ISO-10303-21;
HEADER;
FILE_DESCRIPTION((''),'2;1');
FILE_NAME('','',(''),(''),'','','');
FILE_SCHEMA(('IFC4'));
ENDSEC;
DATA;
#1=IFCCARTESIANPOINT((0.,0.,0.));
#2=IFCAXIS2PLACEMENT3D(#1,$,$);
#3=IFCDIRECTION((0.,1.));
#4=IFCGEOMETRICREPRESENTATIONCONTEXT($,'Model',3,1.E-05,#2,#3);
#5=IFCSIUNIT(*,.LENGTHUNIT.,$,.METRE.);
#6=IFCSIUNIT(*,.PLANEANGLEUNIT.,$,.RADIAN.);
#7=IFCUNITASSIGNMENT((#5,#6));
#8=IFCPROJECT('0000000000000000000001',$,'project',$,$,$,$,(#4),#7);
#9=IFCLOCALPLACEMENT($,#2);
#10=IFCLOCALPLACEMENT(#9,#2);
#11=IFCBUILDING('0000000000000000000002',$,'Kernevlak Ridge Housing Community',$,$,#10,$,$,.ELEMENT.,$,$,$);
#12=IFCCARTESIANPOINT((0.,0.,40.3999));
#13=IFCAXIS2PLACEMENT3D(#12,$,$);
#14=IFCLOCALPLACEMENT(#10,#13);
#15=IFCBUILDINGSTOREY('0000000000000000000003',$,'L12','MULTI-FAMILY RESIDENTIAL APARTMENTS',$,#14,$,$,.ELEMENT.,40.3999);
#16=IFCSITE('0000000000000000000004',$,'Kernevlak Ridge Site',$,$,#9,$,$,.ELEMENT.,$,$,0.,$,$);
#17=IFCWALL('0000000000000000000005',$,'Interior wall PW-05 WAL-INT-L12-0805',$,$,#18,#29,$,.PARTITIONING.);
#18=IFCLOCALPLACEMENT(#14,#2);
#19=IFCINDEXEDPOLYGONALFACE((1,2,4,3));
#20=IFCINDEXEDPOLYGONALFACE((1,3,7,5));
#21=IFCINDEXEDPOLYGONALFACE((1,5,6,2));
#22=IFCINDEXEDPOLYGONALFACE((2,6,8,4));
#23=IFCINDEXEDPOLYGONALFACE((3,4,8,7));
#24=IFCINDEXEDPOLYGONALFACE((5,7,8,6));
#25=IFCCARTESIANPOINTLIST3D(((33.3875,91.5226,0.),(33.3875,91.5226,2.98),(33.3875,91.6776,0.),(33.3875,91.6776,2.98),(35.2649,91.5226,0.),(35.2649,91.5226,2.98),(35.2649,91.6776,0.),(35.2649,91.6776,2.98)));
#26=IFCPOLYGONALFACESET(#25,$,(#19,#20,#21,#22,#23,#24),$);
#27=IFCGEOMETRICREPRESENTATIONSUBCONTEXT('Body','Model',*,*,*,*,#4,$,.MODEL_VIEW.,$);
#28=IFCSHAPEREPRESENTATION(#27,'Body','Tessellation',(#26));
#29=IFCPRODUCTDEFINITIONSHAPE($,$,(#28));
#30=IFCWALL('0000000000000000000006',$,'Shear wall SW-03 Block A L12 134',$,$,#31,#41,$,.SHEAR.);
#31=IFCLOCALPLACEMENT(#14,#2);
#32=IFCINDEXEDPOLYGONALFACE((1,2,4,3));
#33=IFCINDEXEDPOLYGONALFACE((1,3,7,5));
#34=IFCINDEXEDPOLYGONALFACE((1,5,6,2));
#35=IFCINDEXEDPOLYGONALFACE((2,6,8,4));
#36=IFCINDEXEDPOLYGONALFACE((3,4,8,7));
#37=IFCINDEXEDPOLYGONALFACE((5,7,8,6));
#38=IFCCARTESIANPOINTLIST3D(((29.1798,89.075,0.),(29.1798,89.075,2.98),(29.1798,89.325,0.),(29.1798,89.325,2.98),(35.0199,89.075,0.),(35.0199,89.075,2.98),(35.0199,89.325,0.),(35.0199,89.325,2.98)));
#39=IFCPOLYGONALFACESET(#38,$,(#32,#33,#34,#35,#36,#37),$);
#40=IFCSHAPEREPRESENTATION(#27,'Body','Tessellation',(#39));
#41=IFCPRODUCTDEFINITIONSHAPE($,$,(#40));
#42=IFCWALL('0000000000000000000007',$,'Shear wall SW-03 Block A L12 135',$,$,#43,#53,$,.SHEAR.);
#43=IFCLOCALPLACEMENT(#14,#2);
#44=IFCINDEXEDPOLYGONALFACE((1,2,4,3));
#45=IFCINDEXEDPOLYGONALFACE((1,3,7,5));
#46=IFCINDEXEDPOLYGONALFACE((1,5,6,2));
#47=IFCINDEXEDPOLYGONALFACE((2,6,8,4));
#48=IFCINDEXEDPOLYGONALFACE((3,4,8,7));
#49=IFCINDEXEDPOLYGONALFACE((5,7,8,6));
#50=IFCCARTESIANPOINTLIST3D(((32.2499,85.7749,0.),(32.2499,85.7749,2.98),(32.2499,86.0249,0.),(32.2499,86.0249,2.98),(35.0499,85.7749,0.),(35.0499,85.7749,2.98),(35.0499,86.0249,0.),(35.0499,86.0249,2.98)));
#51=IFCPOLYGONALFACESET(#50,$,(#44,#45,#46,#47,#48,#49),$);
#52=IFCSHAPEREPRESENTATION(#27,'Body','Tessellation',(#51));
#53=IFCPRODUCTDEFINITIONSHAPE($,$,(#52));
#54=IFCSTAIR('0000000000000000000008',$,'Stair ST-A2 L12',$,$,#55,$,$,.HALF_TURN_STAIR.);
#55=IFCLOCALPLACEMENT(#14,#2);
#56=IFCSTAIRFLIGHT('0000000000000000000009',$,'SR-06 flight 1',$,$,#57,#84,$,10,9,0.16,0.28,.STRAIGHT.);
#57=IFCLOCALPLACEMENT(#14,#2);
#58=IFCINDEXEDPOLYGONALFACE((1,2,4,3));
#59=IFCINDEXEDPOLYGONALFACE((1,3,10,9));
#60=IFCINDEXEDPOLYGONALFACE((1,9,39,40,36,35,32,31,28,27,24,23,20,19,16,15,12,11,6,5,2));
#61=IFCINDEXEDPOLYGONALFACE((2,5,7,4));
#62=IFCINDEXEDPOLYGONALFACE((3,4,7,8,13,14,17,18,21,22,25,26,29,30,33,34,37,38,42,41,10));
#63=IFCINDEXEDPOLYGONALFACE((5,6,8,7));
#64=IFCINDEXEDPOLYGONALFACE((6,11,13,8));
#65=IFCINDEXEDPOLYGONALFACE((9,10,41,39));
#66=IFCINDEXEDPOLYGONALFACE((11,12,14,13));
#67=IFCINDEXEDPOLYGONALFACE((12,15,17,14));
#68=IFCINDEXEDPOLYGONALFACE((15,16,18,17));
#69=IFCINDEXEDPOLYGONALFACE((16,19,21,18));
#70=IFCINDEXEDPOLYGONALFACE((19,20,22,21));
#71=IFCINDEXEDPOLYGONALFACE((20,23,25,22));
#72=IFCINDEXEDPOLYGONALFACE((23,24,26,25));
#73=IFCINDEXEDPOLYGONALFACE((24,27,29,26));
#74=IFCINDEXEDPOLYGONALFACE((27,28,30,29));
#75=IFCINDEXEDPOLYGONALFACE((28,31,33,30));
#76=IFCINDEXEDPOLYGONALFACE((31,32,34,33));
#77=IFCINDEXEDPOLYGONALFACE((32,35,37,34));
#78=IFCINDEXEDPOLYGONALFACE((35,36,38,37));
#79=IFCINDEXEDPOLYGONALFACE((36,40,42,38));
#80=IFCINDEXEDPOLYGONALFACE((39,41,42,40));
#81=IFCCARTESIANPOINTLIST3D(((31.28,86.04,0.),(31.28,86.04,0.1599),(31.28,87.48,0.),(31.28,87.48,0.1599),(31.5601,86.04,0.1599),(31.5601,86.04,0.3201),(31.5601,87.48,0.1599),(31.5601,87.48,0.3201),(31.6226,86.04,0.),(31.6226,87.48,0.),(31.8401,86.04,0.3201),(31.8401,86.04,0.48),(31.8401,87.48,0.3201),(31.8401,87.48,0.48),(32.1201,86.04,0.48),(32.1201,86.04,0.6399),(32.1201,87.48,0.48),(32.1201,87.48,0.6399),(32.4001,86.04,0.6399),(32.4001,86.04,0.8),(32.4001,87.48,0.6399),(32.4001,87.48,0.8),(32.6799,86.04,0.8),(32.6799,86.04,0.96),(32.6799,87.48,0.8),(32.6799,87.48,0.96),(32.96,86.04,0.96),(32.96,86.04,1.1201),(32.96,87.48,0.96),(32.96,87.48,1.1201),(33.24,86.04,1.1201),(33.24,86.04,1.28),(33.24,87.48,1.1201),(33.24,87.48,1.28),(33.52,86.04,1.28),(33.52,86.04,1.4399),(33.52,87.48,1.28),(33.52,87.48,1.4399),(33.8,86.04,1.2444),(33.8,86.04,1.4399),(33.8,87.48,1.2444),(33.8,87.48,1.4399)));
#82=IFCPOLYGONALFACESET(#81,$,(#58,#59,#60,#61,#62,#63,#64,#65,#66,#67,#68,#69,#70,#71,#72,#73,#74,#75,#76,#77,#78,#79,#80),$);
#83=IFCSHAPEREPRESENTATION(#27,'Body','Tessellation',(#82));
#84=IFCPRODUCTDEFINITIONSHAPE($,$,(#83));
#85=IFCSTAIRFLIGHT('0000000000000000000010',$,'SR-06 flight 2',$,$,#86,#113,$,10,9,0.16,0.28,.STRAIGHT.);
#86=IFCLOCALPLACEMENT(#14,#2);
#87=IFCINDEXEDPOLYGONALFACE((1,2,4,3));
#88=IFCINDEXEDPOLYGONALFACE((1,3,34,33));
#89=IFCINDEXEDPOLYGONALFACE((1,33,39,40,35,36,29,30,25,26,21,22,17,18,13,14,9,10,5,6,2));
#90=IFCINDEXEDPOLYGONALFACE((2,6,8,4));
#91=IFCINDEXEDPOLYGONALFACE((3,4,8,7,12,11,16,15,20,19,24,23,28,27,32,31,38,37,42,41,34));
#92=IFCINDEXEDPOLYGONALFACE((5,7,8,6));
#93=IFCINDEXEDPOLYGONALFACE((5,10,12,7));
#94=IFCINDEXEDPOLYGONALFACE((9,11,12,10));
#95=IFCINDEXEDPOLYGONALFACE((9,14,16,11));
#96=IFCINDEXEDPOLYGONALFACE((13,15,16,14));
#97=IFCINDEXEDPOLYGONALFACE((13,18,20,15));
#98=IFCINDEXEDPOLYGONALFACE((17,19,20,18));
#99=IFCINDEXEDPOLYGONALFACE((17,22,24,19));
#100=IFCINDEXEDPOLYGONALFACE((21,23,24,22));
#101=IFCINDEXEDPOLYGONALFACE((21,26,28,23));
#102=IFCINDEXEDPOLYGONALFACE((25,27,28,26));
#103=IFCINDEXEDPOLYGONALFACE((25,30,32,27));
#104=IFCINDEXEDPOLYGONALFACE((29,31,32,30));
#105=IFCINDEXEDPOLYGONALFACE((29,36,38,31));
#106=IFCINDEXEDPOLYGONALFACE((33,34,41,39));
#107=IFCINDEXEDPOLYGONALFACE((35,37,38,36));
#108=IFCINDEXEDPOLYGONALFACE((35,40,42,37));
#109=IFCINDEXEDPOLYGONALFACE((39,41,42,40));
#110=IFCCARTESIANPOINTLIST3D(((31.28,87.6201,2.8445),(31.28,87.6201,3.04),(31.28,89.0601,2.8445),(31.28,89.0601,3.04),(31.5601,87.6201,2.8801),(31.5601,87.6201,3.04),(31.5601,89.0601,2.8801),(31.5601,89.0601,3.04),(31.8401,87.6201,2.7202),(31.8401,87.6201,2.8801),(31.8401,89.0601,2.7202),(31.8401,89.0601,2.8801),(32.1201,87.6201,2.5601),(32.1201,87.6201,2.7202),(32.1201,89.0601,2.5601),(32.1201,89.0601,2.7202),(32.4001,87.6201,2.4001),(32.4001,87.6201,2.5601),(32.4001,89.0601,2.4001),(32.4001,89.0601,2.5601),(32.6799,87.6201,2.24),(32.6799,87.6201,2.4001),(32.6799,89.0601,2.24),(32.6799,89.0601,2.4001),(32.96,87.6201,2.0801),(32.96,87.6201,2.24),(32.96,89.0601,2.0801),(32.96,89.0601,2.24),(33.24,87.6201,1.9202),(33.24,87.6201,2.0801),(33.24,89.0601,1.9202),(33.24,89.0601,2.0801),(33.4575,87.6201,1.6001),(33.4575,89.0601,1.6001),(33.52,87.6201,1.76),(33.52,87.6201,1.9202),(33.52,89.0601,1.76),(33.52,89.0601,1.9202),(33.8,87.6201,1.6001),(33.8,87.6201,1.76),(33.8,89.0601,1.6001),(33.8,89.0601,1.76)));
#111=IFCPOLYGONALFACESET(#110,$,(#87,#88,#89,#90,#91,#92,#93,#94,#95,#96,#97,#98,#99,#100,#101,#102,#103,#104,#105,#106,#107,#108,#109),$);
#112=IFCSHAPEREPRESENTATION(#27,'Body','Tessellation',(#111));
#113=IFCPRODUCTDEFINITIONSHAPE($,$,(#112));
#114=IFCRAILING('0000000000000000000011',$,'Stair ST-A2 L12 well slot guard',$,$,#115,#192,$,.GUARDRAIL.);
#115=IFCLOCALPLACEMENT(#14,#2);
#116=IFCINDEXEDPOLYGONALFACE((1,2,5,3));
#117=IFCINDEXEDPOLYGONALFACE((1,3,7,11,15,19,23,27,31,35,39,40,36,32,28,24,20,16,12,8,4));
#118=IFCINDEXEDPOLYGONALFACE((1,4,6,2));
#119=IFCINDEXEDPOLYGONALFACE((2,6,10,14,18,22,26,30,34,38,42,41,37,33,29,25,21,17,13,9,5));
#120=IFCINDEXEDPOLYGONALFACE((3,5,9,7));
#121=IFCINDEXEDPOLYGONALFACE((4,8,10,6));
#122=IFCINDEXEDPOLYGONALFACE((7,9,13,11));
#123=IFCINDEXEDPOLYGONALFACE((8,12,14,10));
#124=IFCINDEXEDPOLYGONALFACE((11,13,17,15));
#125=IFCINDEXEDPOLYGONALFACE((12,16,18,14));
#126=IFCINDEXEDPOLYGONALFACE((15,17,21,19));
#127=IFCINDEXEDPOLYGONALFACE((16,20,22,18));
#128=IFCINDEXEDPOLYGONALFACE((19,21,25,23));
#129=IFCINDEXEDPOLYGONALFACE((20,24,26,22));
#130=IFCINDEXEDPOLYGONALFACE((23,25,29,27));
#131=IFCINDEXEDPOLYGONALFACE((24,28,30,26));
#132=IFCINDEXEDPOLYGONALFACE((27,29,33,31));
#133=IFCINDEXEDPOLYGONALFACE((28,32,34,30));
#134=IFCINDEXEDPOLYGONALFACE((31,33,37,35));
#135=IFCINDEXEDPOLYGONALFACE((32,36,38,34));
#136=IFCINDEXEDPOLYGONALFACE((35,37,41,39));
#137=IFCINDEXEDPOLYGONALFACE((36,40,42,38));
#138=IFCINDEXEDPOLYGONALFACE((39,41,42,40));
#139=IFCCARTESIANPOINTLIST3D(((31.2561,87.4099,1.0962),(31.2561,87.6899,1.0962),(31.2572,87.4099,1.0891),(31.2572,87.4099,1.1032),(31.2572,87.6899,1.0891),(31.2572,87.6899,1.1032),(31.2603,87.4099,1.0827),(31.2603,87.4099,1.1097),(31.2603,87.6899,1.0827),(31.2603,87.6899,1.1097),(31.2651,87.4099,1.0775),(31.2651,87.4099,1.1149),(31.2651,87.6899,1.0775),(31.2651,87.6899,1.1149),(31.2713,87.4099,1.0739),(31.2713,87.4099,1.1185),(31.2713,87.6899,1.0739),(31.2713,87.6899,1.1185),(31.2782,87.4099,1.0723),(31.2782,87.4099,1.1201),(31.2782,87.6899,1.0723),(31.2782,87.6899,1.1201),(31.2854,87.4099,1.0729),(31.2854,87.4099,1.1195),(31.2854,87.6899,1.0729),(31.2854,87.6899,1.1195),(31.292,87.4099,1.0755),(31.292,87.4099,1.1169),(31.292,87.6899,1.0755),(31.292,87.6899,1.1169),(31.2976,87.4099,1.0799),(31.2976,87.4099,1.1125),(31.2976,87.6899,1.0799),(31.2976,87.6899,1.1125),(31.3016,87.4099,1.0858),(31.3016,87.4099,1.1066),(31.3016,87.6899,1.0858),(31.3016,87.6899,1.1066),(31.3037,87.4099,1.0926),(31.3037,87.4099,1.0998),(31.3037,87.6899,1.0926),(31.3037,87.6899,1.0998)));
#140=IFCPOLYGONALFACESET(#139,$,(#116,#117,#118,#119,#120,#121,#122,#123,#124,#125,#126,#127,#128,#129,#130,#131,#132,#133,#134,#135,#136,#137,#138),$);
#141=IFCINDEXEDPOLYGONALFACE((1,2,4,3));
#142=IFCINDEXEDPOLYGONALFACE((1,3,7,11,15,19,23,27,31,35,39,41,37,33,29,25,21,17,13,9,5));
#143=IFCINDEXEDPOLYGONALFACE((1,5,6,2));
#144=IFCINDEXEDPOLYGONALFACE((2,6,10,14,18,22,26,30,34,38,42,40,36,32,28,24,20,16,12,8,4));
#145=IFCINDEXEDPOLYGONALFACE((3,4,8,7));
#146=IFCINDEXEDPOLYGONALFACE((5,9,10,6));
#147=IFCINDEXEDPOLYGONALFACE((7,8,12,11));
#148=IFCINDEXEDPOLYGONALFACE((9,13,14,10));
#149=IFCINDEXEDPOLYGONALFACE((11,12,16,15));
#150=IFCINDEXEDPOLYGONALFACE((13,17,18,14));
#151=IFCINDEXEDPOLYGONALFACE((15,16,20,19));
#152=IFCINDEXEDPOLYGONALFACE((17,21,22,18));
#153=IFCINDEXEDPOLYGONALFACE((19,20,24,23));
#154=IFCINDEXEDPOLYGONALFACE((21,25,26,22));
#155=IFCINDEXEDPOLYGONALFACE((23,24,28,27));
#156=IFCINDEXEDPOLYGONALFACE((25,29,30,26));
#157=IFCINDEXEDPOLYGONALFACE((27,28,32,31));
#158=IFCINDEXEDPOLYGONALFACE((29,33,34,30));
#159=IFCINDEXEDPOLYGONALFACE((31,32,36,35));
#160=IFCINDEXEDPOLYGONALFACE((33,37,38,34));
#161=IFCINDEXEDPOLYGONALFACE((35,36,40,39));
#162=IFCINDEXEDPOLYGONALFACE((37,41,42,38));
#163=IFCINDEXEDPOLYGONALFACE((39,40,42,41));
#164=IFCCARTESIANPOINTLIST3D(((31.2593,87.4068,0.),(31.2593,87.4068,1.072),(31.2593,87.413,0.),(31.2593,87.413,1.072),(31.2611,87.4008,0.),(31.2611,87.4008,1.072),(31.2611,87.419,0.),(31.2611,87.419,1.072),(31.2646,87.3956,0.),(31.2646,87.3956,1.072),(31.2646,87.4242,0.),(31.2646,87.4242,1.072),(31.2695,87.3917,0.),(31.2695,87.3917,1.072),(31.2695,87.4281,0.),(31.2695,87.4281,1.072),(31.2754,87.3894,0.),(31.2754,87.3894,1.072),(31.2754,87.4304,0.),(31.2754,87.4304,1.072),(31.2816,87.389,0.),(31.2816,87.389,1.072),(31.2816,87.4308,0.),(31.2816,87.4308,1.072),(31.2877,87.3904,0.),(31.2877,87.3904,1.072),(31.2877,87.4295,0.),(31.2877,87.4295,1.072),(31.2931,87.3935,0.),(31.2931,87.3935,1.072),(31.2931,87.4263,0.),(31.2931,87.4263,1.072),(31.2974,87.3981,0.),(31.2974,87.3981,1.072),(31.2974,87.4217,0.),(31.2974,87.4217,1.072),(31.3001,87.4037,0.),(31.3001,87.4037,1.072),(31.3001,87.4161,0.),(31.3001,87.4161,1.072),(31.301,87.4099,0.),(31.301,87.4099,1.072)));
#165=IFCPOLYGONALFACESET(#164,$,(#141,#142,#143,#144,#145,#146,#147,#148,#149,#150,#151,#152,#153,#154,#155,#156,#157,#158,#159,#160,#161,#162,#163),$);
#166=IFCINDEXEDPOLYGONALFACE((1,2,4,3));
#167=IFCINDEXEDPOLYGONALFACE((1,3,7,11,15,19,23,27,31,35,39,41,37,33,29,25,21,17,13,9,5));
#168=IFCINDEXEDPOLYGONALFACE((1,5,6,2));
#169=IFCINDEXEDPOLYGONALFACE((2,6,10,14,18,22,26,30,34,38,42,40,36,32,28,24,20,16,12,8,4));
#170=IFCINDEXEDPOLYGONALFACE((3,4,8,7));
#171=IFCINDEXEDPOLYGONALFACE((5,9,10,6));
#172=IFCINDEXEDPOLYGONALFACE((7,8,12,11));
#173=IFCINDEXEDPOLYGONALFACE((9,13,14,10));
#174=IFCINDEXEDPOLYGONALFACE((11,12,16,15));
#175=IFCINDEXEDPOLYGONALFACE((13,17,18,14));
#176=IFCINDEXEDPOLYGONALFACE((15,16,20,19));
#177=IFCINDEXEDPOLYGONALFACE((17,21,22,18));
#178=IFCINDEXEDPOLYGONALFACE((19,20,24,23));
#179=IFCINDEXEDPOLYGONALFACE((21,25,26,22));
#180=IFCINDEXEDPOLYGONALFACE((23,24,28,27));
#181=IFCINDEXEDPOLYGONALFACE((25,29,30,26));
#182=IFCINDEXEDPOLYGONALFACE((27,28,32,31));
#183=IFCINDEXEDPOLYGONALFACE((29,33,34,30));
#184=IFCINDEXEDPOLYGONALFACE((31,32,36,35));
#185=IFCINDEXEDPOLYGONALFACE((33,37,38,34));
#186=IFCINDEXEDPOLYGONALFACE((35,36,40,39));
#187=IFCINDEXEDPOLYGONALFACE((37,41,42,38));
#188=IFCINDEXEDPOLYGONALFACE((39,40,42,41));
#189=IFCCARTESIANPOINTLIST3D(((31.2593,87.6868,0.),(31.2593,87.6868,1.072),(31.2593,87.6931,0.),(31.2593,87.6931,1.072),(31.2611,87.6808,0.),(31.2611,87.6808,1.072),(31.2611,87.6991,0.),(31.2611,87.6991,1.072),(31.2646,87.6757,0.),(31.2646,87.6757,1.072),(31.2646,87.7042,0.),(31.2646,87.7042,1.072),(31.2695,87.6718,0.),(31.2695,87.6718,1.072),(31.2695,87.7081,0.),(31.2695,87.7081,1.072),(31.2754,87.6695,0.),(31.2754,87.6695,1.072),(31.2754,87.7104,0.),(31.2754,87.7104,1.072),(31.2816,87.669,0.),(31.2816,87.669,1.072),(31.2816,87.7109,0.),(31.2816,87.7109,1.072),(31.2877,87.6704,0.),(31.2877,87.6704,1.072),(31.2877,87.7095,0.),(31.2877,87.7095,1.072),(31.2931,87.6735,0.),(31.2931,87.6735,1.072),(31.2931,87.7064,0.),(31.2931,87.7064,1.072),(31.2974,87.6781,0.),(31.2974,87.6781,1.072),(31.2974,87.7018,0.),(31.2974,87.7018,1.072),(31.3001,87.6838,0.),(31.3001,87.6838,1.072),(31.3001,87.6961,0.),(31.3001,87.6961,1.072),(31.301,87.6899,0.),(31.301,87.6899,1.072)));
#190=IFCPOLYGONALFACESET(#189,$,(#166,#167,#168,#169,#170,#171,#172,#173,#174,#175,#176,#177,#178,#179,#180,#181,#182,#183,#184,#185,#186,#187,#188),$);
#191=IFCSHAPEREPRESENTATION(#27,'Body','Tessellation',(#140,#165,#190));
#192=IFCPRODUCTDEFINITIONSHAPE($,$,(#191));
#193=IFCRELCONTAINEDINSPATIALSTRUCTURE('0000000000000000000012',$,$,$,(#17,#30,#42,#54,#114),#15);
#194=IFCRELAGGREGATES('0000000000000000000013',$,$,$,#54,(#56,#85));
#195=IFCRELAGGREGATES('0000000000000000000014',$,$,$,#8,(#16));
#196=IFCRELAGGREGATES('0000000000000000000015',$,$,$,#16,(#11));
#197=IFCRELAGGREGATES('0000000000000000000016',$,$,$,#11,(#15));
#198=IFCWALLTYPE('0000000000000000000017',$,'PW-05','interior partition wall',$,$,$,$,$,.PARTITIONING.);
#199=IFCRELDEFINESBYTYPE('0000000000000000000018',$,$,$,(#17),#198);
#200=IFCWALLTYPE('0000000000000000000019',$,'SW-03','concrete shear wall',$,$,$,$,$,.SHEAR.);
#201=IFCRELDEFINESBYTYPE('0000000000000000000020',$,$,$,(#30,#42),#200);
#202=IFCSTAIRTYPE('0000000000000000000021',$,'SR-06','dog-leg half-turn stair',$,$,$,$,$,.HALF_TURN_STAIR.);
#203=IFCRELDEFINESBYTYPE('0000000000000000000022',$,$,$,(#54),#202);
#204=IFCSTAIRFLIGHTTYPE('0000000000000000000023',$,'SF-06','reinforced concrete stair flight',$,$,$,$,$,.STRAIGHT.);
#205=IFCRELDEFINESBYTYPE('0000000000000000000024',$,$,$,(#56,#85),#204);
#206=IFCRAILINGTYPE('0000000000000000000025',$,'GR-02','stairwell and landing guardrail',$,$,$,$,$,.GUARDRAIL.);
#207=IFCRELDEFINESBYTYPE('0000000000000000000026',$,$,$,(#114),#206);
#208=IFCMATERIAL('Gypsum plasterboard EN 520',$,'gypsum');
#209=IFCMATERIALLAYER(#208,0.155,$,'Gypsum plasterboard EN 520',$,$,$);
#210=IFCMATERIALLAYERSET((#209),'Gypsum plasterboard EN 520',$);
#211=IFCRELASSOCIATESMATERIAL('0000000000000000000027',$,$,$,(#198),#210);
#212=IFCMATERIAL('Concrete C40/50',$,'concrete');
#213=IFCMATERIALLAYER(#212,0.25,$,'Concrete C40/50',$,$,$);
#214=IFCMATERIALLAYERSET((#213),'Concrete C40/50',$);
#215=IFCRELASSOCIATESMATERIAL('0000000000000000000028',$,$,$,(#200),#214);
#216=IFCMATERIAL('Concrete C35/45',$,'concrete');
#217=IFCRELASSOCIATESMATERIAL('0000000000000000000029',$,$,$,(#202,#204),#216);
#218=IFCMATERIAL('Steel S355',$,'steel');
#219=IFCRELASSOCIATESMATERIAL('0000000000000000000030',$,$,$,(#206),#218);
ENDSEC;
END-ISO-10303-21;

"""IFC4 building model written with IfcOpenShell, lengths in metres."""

from ifc_helpers import new_model, si_unit, direction, frame, frame_2d, origin, origin_2d, place, context, subcontext, project, spatial, polyline, rectangle, circle, outline, extrude, material, layer, layer_set, type_object, element, aggregate, save


model = new_model("IFC4")

# Units and contexts
model_context = context("Model", 3, precision=1e-05, world=origin(), true_north=direction((0.0, 1.0)))
body_context = subcontext(model_context, "Body", "Model", "MODEL_VIEW")
ifc_project = project(units=[si_unit("LENGTHUNIT", "METRE"), si_unit("PLANEANGLEUNIT", "RADIAN")], contexts=[model_context])

# Site, building, storey
site_placement = place(None, origin())
site = spatial("IfcSite", under=ifc_project, at=site_placement, Name="Kernevlak Ridge Site", CompositionType="ELEMENT", RefElevation=0.0)
building_placement = place(site_placement, origin())
building = spatial("IfcBuilding", under=site, at=building_placement, Name="Kernevlak Ridge Housing Community", CompositionType="ELEMENT")
storey_placement = place(building_placement, frame((0.0, 0.0, 40.3999)))
storey = spatial("IfcBuildingStorey", under=building, at=storey_placement, Name="L12", Description="MULTI-FAMILY RESIDENTIAL APARTMENTS", CompositionType="ELEMENT", Elevation=40.3999)

# Shared definitions
ifc_material_1 = material(Name="Concrete C35/45", Category="concrete")

# Shared definitions
ifc_material_2 = material(Name="Gypsum plasterboard EN 520", Category="gypsum")
ifc_layer_1 = layer(ifc_material_2, 0.155, Name="Gypsum plasterboard EN 520")
ifc_layer_set_1 = layer_set([ifc_layer_1], Name="Gypsum plasterboard EN 520")
wall_type_1 = type_object("IfcWallType", Name="PW-05", Description="interior partition wall", PredefinedType="PARTITIONING", material=ifc_layer_set_1)

# Walls
wall_1_placement = place(storey_placement, frame((33.3875, 91.6001, 0.0), z_axis=(0.0, 0.0, 1.0), x_axis=(1.0, 0.0, 0.0)))
element("IfcWall", 1, at=wall_1_placement, inside=storey, type_object=wall_type_1, Name="Interior wall PW-05 WAL-INT-L12-0805", PredefinedType="PARTITIONING", context=body_context, shape_type="SweptSolid", body=[
    extrude(rectangle(XDim=1.8774, YDim=0.155, at=frame_2d((0.9387, 0.0))), origin(), (0.0, 0.0, 1.0), 2.98),
])
ifc_material_3 = material(Name="Concrete C40/50", Category="concrete")
ifc_layer_2 = layer(ifc_material_3, 0.25, Name="Concrete C40/50")
ifc_layer_set_2 = layer_set([ifc_layer_2], Name="Concrete C40/50")
wall_type_2 = type_object("IfcWallType", Name="SW-03", Description="concrete shear wall", PredefinedType="SHEAR", material=ifc_layer_set_2)
wall_2_placement = place(storey_placement, frame((29.1799, 89.2, 0.0), z_axis=(0.0, 0.0, 1.0), x_axis=(1.0, 0.0, 0.0)))
element("IfcWall", 2, at=wall_2_placement, inside=storey, type_object=wall_type_2, Name="Shear wall SW-03 Block A L12 134", PredefinedType="SHEAR", context=body_context, shape_type="SweptSolid", body=[
    extrude(rectangle(XDim=5.8401, YDim=0.25, at=frame_2d((2.9199, 0.0))), origin(), (0.0, 0.0, 1.0), 2.98),
])
wall_3_placement = place(storey_placement, frame((32.25, 85.8999, 0.0), z_axis=(0.0, 0.0, 1.0), x_axis=(1.0, 0.0, 0.0)))
element("IfcWall", 3, at=wall_3_placement, inside=storey, type_object=wall_type_2, Name="Shear wall SW-03 Block A L12 135", PredefinedType="SHEAR", context=body_context, shape_type="SweptSolid", body=[
    extrude(rectangle(XDim=2.8, YDim=0.25, at=frame_2d((1.3999, 0.0))), origin(), (0.0, 0.0, 1.0), 2.98),
])

# Stair, stair flights
stair_type = type_object("IfcStairType", Name="SR-06", Description="dog-leg half-turn stair", PredefinedType="HALF_TURN_STAIR", material=ifc_material_1)
stair_placement = place(storey_placement, origin())
stair = element("IfcStair", 4, at=stair_placement, inside=storey, type_object=stair_type, Name="Stair ST-A2 L12", PredefinedType="HALF_TURN_STAIR")
stair_flight_type = type_object("IfcStairFlightType", Name="SF-06", Description="reinforced concrete stair flight", PredefinedType="STRAIGHT", material=ifc_material_1)
stair_flight_1_placement = place(storey_placement, frame((31.28, 86.76, 0.0), z_axis=(0.0, 0.0, 1.0), x_axis=(1.0, 0.0, 0.0)))
stair_flight_1 = element("IfcStairFlight", 5, at=stair_flight_1_placement, type_object=stair_flight_type, Name="SR-06 flight 1", NumberOfRisers=10, NumberOfTreads=9, PredefinedType="STRAIGHT", RiserHeight=0.16, TreadLength=0.28, context=body_context, shape_type="SweptSolid", body=[
    extrude(outline(polyline([(0.0, 0.0), (0.0, 0.1599), (0.28, 0.1599), (0.28, 0.3201), (0.5601, 0.3201), (0.5601, 0.48), (0.8401, 0.48), (0.8401, 0.6399), (1.1201, 0.6399), (1.1201, 0.8), (1.3999, 0.8), (1.3999, 0.96), (1.6799, 0.96), (1.6799, 1.1201), (1.96, 1.1201), (1.96, 1.28), (2.24, 1.28), (2.24, 1.4399), (2.52, 1.4399), (2.52, 1.6001), (2.52, 1.2444), (0.3425, 0.0), (0.0, 0.0)])), frame((0.0, 0.72, 0.0), z_axis=(0.0, -1.0, 0.0), x_axis=(1.0, 0.0, 0.0)), (0.0, 0.0, 1.0), 1.4399),
])
stair_flight_2_placement = place(storey_placement, frame((33.8, 88.3401, 1.6001), z_axis=(0.0, 0.0, 1.0), x_axis=(-1.0, 0.0, 0.0)))
stair_flight_2 = element("IfcStairFlight", 6, at=stair_flight_2_placement, type_object=stair_flight_type, Name="SR-06 flight 2", NumberOfRisers=10, NumberOfTreads=9, PredefinedType="STRAIGHT", RiserHeight=0.16, TreadLength=0.28, context=body_context, shape_type="SweptSolid", body=[
    extrude(outline(polyline([(0.0, 0.0), (0.0, 0.1599), (0.28, 0.1599), (0.28, 0.3201), (0.5601, 0.3201), (0.5601, 0.48), (0.8401, 0.48), (0.8401, 0.6399), (1.1201, 0.6399), (1.1201, 0.8), (1.3999, 0.8), (1.3999, 0.96), (1.6799, 0.96), (1.6799, 1.1201), (1.96, 1.1201), (1.96, 1.28), (2.24, 1.28), (2.24, 1.4399), (2.52, 1.4399), (2.52, 1.6001), (2.52, 1.2444), (0.3425, 0.0), (0.0, 0.0)])), frame((0.0, 0.72, 0.0), z_axis=(0.0, -1.0, 0.0), x_axis=(1.0, 0.0, 0.0)), (0.0, 0.0, 1.0), 1.4399),
])
aggregate(stair, [stair_flight_1, stair_flight_2])

# Railing
ifc_material_4 = material(Name="Steel S355", Category="steel")
railing_type_1 = type_object("IfcRailingType", Name="GR-02", Description="stairwell and landing guardrail", PredefinedType="GUARDRAIL", material=ifc_material_4)
railing_1_placement = place(storey_placement, frame((31.28, 87.4099, 0.0)))
element("IfcRailing", 7, at=railing_1_placement, inside=storey, type_object=railing_type_1, Name="Stair ST-A2 L12 well slot guard", PredefinedType="GUARDRAIL", context=body_context, shape_type="SweptSolid", body=[
    extrude(circle(Radius=0.0239, at=origin_2d()), frame((0.0, 0.0, 1.0962), z_axis=(0.0, 1.0, 0.0), x_axis=(-1.0, 0.0, 0.0)), (0.0, 0.0, 1.0), 0.28),
    extrude(circle(Radius=0.021, at=origin_2d()), origin(), (0.0, 0.0, 1.0), 1.072),
    extrude(circle(Radius=0.021, at=origin_2d()), frame((0.0, 0.28, 0.0)), (0.0, 0.0, 1.0), 1.072),
])

save(model, "model.ifc")
